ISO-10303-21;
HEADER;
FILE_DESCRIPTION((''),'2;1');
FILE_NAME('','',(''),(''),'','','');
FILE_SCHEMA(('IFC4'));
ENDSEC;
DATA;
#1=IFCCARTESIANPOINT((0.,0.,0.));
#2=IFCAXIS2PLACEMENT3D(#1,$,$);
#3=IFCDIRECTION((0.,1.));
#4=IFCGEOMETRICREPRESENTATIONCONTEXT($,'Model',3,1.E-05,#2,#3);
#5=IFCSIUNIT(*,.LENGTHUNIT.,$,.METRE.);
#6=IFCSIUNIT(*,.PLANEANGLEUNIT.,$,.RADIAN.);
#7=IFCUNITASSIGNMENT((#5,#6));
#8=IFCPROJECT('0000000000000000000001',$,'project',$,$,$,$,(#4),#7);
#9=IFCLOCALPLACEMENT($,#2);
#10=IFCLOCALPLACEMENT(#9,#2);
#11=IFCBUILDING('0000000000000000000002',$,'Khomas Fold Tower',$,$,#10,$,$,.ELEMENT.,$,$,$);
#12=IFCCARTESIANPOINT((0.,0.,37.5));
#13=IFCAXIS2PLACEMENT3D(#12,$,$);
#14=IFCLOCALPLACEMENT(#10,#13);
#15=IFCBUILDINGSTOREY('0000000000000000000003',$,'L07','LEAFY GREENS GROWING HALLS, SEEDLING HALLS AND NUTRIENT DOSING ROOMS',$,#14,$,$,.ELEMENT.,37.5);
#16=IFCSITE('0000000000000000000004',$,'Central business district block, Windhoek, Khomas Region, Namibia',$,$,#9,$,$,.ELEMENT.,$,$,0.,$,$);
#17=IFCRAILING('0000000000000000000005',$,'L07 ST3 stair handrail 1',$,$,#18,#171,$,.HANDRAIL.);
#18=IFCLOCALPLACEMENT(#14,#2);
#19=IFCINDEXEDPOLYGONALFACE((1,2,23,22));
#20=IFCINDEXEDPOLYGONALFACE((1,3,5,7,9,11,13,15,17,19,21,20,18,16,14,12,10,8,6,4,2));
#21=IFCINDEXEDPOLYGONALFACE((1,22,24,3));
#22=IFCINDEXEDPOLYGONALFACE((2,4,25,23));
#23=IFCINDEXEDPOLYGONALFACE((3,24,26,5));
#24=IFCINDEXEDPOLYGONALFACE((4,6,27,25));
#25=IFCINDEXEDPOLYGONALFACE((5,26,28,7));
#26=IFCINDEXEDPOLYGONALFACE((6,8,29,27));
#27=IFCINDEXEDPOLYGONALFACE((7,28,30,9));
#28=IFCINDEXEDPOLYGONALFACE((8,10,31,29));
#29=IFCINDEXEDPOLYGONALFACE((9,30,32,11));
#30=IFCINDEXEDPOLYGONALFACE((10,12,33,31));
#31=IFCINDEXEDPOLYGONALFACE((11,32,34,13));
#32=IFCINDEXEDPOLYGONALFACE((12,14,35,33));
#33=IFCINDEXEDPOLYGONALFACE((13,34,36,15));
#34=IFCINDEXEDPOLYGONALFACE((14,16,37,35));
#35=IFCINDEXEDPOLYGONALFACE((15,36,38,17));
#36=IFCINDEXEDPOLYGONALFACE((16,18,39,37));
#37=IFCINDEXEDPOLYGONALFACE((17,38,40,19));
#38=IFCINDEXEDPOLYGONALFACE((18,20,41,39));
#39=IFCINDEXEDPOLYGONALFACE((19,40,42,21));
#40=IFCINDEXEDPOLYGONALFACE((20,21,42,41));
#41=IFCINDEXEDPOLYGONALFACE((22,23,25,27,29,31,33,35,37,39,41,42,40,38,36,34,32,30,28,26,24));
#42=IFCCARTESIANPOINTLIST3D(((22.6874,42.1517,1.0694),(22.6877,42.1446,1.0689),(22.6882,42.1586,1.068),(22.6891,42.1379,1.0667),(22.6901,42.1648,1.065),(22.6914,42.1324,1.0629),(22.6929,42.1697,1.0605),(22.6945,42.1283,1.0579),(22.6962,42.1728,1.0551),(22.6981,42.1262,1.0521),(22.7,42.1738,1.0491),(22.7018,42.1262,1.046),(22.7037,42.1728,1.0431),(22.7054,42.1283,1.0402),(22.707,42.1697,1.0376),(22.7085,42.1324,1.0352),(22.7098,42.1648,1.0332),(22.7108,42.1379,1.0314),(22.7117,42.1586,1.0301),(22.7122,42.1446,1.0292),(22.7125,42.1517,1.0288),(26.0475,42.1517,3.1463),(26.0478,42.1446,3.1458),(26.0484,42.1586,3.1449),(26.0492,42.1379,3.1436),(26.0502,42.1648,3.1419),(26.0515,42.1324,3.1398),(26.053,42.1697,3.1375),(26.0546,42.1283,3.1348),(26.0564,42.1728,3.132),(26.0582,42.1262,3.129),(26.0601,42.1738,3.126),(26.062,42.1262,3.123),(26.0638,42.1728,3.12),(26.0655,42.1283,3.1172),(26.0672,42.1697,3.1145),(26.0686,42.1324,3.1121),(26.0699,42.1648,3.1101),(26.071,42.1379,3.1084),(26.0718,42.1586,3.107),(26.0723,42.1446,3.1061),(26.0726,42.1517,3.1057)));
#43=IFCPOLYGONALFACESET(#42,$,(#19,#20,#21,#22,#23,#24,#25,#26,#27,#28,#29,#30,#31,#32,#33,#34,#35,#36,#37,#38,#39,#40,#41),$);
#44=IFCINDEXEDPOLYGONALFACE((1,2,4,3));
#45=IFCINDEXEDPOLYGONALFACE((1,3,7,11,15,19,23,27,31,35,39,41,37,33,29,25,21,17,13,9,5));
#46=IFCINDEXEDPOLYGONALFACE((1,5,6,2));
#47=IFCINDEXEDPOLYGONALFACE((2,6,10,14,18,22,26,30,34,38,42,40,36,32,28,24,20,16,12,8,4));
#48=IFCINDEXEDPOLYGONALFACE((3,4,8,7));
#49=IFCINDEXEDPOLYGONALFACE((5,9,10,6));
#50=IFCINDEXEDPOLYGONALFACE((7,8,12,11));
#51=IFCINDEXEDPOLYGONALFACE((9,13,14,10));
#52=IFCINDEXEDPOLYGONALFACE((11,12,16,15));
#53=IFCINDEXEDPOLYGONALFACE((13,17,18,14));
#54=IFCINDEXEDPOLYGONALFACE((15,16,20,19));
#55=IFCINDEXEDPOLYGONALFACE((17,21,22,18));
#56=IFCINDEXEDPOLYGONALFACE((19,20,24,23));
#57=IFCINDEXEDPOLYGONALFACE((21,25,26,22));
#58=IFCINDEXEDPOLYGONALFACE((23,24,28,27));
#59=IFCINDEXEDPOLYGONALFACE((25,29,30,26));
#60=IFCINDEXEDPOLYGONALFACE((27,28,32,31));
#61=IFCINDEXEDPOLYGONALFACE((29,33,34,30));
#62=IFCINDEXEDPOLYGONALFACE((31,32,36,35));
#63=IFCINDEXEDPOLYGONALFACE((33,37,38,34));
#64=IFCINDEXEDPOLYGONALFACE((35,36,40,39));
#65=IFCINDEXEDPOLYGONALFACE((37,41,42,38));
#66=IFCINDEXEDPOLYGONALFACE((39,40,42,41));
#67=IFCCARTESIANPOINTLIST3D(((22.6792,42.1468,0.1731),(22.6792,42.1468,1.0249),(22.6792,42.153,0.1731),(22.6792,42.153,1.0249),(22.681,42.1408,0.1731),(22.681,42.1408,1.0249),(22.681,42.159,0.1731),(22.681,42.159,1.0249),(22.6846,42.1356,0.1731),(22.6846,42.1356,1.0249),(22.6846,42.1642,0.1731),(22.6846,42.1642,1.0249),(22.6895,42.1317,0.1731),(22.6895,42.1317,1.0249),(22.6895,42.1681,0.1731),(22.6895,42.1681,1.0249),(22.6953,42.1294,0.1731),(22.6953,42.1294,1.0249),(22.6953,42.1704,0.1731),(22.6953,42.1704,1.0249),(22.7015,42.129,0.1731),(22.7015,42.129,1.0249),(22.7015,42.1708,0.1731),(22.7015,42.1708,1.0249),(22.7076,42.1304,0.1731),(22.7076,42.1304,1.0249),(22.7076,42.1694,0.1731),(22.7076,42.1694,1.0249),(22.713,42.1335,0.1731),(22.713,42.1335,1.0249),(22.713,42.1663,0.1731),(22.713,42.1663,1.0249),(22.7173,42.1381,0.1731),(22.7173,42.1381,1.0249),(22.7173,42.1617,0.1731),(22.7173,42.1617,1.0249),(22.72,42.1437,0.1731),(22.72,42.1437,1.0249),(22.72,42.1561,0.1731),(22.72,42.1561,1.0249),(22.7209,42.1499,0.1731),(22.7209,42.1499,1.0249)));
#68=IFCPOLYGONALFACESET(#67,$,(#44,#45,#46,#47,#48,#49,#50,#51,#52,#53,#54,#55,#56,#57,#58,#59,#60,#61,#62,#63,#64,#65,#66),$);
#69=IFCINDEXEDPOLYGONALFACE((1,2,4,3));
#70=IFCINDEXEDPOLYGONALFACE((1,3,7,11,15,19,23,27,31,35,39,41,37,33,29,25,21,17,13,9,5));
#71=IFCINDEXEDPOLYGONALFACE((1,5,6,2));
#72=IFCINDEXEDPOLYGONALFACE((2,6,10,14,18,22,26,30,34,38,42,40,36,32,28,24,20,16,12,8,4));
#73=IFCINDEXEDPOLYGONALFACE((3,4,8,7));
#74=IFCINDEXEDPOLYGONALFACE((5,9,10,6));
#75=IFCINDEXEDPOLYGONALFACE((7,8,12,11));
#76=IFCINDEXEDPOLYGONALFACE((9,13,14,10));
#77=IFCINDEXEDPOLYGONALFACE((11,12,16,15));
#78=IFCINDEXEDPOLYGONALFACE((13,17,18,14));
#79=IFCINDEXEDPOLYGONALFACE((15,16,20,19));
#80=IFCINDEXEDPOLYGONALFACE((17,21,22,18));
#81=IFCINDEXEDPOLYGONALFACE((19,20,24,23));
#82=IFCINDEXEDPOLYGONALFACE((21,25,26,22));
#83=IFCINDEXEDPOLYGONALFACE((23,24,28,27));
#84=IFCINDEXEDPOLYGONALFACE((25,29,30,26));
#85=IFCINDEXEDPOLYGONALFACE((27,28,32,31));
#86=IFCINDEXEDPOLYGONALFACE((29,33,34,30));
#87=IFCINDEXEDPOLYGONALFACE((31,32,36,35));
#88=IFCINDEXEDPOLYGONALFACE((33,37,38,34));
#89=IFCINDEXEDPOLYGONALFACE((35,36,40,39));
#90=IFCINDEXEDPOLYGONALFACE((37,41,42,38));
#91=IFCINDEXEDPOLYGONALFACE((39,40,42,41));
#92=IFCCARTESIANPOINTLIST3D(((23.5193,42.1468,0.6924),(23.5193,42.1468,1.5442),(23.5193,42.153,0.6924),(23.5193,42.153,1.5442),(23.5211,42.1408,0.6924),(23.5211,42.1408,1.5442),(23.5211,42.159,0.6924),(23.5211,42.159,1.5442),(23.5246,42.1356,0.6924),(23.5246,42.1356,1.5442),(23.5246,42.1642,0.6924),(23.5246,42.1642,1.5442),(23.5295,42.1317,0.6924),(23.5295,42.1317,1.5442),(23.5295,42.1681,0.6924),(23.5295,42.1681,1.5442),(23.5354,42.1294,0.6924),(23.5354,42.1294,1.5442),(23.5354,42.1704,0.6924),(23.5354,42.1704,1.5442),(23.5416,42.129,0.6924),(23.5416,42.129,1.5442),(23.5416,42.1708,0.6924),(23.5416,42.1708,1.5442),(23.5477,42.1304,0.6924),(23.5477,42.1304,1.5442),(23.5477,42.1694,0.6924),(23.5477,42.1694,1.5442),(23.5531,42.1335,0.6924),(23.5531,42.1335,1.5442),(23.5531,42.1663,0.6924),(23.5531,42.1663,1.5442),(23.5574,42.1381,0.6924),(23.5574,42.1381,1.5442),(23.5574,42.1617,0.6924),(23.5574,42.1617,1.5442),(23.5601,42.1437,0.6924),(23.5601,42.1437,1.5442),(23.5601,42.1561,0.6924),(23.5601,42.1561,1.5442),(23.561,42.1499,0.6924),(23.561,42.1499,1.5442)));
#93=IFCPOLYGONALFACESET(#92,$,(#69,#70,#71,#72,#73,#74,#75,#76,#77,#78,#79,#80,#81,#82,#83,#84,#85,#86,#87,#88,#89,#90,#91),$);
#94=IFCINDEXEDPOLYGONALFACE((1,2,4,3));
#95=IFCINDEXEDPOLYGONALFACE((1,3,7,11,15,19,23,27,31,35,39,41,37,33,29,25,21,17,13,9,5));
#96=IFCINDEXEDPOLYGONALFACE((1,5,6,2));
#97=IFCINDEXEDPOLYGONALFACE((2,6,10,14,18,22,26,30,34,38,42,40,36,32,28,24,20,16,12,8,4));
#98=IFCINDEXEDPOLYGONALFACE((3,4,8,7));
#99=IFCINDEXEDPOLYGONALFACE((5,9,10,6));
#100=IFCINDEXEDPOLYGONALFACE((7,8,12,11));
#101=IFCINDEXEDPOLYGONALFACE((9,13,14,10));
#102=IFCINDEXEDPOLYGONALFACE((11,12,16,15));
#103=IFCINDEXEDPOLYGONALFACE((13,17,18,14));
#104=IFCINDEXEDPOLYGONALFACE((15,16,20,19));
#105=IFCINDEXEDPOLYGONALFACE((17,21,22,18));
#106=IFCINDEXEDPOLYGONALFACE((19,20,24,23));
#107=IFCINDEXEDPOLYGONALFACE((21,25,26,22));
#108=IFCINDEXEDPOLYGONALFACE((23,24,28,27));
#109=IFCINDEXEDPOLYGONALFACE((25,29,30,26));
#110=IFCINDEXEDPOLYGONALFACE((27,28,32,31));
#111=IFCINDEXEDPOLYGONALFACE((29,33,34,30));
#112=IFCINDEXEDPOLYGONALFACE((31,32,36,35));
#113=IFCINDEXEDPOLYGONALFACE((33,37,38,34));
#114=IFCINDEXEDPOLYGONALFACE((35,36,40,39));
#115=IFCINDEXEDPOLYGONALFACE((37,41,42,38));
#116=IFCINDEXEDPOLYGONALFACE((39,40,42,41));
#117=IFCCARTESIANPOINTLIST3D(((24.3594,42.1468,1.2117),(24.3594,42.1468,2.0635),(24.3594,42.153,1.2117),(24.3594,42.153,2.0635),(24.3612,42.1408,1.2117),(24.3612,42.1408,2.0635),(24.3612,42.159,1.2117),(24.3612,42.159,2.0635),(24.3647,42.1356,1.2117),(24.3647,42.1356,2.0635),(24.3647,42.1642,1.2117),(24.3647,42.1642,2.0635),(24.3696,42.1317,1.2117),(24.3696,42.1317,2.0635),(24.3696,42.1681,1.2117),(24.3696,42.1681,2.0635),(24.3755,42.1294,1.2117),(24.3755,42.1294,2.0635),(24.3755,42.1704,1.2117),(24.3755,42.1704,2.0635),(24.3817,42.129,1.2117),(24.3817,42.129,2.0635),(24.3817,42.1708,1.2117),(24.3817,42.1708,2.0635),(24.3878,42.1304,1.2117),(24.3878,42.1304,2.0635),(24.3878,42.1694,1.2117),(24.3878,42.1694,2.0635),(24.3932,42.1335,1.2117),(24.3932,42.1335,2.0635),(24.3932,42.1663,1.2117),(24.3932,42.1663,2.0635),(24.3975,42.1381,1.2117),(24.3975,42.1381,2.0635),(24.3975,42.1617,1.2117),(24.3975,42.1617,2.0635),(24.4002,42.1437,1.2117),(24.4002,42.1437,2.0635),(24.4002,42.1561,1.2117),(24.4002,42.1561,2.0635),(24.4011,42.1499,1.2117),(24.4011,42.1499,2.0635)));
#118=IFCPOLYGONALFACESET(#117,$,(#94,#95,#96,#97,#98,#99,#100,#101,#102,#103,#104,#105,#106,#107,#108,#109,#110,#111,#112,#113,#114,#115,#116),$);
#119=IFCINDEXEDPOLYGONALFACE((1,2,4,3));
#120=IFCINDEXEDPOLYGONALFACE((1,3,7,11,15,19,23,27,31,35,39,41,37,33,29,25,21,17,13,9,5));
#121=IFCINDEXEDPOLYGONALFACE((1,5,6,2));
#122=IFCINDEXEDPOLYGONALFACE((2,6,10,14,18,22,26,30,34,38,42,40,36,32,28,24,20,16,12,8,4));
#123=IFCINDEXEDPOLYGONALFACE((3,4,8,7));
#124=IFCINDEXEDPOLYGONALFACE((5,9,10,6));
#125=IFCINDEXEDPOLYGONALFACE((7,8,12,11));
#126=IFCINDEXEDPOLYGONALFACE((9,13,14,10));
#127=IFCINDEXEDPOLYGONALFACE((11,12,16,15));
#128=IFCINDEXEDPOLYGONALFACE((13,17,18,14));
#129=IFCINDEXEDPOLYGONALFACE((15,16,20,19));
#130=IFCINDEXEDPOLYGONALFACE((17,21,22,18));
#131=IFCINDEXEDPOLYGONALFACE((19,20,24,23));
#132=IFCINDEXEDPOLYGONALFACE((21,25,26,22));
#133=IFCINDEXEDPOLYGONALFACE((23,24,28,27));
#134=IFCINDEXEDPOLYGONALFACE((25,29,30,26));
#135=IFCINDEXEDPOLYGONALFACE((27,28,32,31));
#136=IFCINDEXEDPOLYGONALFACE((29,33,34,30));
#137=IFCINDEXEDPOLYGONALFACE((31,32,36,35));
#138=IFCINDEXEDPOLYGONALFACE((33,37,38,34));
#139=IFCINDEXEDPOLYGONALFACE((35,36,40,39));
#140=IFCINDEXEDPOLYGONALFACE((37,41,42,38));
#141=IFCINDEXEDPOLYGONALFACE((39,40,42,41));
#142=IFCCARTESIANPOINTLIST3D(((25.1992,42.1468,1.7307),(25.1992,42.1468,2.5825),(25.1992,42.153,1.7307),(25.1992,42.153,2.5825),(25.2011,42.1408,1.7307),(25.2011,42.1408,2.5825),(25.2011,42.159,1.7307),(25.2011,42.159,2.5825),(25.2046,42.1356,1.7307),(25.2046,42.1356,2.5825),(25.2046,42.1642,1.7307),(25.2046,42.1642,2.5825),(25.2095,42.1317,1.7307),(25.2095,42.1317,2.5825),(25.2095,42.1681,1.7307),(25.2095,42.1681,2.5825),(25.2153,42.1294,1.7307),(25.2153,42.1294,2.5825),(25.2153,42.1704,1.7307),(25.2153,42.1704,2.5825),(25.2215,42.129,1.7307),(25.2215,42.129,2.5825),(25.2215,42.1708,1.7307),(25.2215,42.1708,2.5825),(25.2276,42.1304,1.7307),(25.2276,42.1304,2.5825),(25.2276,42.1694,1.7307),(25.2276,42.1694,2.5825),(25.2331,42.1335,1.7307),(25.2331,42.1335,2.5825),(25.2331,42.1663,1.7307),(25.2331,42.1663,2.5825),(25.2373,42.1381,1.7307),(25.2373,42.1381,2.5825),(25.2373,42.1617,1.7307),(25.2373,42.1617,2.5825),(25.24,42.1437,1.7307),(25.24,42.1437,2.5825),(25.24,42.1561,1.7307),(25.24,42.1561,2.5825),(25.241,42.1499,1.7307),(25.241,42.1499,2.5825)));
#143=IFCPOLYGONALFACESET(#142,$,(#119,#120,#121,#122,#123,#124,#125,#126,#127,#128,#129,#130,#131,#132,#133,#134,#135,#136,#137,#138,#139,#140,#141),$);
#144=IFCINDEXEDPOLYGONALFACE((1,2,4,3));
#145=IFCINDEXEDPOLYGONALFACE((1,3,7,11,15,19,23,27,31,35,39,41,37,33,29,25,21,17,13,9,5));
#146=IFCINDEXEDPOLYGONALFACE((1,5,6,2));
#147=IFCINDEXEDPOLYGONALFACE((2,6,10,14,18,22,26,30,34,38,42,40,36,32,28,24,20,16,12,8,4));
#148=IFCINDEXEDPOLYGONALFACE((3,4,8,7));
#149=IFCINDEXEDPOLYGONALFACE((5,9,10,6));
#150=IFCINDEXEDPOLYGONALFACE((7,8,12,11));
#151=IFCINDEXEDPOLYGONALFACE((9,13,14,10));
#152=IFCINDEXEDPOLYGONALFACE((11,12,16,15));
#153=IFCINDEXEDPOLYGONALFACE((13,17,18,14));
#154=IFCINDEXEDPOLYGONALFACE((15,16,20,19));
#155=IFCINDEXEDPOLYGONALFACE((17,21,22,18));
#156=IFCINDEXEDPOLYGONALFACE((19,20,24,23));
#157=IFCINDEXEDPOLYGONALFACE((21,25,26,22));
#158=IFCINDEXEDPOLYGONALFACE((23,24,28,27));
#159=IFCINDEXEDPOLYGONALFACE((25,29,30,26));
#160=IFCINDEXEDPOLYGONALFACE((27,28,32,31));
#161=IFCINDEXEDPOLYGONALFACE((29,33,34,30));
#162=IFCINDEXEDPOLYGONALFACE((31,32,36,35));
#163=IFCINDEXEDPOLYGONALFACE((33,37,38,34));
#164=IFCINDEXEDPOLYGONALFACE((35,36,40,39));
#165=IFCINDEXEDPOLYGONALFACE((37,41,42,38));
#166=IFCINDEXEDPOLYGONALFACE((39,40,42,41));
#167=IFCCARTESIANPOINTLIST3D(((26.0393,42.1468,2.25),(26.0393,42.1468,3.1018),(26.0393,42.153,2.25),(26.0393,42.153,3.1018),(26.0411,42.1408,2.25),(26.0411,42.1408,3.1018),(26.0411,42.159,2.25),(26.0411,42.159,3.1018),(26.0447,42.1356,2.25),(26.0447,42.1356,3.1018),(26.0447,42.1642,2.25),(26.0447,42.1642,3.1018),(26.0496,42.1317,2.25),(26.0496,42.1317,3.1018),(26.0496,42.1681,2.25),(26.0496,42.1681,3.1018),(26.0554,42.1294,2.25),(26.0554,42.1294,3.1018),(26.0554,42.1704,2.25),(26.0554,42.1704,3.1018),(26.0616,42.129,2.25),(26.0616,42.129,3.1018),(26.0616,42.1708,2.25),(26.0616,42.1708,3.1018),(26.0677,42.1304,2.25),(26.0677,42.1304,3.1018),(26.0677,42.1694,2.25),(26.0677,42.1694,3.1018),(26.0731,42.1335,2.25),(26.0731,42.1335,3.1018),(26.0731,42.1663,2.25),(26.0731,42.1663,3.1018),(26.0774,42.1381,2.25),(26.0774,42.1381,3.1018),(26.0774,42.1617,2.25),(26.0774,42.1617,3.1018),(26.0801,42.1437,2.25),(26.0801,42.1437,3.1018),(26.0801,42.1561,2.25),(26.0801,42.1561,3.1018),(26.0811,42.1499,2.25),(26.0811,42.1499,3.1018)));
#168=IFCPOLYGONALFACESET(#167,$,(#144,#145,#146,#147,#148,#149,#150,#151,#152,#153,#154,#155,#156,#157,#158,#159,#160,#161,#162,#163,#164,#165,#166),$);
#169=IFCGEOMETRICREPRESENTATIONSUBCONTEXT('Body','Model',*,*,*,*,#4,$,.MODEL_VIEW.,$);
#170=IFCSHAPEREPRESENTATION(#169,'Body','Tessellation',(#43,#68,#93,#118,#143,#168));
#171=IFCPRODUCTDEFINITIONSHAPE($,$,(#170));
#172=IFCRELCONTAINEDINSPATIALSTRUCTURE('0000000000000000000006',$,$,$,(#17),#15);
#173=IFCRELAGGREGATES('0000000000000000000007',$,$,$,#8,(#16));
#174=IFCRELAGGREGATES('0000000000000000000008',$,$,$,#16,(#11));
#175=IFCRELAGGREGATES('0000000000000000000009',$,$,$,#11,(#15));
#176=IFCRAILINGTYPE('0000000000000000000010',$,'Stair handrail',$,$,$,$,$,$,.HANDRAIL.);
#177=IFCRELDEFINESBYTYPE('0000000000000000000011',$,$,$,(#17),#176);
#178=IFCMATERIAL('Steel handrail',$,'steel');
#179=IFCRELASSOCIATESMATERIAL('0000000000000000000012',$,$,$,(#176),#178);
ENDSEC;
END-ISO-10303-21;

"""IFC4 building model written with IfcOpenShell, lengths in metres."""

from ifc_helpers import new_model, si_unit, direction, frame, origin, origin_2d, place, context, subcontext, project, spatial, circle, extrude, source, transform, mapped, material, type_object, element, save


model = new_model("IFC4")

# Units and contexts
model_context = context("Model", 3, precision=1e-05, world=origin(), true_north=direction((0.0, 1.0)))
body_context = subcontext(model_context, "Body", "Model", "MODEL_VIEW")
ifc_project = project(units=[si_unit("LENGTHUNIT", "METRE"), si_unit("PLANEANGLEUNIT", "RADIAN")], contexts=[model_context])

# Site, building, storey
site_placement = place(None, origin())
site = spatial("IfcSite", under=ifc_project, at=site_placement, Name="Central business district block, Windhoek, Khomas Region, Namibia", CompositionType="ELEMENT", RefElevation=0.0)
building_placement = place(site_placement, origin())
building = spatial("IfcBuilding", under=site, at=building_placement, Name="Khomas Fold Tower", CompositionType="ELEMENT")
storey_placement = place(building_placement, frame((0.0, 0.0, 37.5)))
storey = spatial("IfcBuildingStorey", under=building, at=storey_placement, Name="L07", Description="LEAFY GREENS GROWING HALLS, SEEDLING HALLS AND NUTRIENT DOSING ROOMS", CompositionType="ELEMENT", Elevation=37.5)

# Railing
ifc_material_1 = material(Name="Steel handrail", Category="steel")
railing_type_1 = type_object("IfcRailingType", Name="Stair handrail", PredefinedType="HANDRAIL", material=ifc_material_1)
shared_shape_1 = source(origin(), body_context, "Body", "SweptSolid", [
    extrude(circle(Radius=0.0239, at=origin_2d()), frame((0.0, 0.0, 0.876), z_axis=(0.850623, 0.0, 0.525776), x_axis=(0.0, 1.0, 0.0)), (0.0, 0.0, 1.0), 3.9502),
    extrude(circle(Radius=0.021, at=origin_2d()), origin(), (0.0, 0.0, 1.0), 0.8518),
    extrude(circle(Radius=0.021, at=origin_2d()), frame((0.8401, 0.0, 0.5193)), (0.0, 0.0, 1.0), 0.8518),
    extrude(circle(Radius=0.021, at=origin_2d()), frame((1.6802, 0.0, 1.0386)), (0.0, 0.0, 1.0), 0.8518),
    extrude(circle(Radius=0.021, at=origin_2d()), frame((2.52, 0.0, 1.5576)), (0.0, 0.0, 1.0), 0.8518),
    extrude(circle(Radius=0.021, at=origin_2d()), frame((3.3601, 0.0, 2.0769)), (0.0, 0.0, 1.0), 0.8518),
])
railing_1_placement = place(storey_placement, frame((22.7, 42.1499, 0.1731)))
element("IfcRailing", 1, at=railing_1_placement, inside=storey, type_object=railing_type_1, Name="L07 ST3 stair handrail 1", PredefinedType="HANDRAIL", context=body_context, shape_type="MappedRepresentation", body=[
    mapped(shared_shape_1, transform((0.0, 0.0, 0.0))),
])

save(model, "model.ifc")
